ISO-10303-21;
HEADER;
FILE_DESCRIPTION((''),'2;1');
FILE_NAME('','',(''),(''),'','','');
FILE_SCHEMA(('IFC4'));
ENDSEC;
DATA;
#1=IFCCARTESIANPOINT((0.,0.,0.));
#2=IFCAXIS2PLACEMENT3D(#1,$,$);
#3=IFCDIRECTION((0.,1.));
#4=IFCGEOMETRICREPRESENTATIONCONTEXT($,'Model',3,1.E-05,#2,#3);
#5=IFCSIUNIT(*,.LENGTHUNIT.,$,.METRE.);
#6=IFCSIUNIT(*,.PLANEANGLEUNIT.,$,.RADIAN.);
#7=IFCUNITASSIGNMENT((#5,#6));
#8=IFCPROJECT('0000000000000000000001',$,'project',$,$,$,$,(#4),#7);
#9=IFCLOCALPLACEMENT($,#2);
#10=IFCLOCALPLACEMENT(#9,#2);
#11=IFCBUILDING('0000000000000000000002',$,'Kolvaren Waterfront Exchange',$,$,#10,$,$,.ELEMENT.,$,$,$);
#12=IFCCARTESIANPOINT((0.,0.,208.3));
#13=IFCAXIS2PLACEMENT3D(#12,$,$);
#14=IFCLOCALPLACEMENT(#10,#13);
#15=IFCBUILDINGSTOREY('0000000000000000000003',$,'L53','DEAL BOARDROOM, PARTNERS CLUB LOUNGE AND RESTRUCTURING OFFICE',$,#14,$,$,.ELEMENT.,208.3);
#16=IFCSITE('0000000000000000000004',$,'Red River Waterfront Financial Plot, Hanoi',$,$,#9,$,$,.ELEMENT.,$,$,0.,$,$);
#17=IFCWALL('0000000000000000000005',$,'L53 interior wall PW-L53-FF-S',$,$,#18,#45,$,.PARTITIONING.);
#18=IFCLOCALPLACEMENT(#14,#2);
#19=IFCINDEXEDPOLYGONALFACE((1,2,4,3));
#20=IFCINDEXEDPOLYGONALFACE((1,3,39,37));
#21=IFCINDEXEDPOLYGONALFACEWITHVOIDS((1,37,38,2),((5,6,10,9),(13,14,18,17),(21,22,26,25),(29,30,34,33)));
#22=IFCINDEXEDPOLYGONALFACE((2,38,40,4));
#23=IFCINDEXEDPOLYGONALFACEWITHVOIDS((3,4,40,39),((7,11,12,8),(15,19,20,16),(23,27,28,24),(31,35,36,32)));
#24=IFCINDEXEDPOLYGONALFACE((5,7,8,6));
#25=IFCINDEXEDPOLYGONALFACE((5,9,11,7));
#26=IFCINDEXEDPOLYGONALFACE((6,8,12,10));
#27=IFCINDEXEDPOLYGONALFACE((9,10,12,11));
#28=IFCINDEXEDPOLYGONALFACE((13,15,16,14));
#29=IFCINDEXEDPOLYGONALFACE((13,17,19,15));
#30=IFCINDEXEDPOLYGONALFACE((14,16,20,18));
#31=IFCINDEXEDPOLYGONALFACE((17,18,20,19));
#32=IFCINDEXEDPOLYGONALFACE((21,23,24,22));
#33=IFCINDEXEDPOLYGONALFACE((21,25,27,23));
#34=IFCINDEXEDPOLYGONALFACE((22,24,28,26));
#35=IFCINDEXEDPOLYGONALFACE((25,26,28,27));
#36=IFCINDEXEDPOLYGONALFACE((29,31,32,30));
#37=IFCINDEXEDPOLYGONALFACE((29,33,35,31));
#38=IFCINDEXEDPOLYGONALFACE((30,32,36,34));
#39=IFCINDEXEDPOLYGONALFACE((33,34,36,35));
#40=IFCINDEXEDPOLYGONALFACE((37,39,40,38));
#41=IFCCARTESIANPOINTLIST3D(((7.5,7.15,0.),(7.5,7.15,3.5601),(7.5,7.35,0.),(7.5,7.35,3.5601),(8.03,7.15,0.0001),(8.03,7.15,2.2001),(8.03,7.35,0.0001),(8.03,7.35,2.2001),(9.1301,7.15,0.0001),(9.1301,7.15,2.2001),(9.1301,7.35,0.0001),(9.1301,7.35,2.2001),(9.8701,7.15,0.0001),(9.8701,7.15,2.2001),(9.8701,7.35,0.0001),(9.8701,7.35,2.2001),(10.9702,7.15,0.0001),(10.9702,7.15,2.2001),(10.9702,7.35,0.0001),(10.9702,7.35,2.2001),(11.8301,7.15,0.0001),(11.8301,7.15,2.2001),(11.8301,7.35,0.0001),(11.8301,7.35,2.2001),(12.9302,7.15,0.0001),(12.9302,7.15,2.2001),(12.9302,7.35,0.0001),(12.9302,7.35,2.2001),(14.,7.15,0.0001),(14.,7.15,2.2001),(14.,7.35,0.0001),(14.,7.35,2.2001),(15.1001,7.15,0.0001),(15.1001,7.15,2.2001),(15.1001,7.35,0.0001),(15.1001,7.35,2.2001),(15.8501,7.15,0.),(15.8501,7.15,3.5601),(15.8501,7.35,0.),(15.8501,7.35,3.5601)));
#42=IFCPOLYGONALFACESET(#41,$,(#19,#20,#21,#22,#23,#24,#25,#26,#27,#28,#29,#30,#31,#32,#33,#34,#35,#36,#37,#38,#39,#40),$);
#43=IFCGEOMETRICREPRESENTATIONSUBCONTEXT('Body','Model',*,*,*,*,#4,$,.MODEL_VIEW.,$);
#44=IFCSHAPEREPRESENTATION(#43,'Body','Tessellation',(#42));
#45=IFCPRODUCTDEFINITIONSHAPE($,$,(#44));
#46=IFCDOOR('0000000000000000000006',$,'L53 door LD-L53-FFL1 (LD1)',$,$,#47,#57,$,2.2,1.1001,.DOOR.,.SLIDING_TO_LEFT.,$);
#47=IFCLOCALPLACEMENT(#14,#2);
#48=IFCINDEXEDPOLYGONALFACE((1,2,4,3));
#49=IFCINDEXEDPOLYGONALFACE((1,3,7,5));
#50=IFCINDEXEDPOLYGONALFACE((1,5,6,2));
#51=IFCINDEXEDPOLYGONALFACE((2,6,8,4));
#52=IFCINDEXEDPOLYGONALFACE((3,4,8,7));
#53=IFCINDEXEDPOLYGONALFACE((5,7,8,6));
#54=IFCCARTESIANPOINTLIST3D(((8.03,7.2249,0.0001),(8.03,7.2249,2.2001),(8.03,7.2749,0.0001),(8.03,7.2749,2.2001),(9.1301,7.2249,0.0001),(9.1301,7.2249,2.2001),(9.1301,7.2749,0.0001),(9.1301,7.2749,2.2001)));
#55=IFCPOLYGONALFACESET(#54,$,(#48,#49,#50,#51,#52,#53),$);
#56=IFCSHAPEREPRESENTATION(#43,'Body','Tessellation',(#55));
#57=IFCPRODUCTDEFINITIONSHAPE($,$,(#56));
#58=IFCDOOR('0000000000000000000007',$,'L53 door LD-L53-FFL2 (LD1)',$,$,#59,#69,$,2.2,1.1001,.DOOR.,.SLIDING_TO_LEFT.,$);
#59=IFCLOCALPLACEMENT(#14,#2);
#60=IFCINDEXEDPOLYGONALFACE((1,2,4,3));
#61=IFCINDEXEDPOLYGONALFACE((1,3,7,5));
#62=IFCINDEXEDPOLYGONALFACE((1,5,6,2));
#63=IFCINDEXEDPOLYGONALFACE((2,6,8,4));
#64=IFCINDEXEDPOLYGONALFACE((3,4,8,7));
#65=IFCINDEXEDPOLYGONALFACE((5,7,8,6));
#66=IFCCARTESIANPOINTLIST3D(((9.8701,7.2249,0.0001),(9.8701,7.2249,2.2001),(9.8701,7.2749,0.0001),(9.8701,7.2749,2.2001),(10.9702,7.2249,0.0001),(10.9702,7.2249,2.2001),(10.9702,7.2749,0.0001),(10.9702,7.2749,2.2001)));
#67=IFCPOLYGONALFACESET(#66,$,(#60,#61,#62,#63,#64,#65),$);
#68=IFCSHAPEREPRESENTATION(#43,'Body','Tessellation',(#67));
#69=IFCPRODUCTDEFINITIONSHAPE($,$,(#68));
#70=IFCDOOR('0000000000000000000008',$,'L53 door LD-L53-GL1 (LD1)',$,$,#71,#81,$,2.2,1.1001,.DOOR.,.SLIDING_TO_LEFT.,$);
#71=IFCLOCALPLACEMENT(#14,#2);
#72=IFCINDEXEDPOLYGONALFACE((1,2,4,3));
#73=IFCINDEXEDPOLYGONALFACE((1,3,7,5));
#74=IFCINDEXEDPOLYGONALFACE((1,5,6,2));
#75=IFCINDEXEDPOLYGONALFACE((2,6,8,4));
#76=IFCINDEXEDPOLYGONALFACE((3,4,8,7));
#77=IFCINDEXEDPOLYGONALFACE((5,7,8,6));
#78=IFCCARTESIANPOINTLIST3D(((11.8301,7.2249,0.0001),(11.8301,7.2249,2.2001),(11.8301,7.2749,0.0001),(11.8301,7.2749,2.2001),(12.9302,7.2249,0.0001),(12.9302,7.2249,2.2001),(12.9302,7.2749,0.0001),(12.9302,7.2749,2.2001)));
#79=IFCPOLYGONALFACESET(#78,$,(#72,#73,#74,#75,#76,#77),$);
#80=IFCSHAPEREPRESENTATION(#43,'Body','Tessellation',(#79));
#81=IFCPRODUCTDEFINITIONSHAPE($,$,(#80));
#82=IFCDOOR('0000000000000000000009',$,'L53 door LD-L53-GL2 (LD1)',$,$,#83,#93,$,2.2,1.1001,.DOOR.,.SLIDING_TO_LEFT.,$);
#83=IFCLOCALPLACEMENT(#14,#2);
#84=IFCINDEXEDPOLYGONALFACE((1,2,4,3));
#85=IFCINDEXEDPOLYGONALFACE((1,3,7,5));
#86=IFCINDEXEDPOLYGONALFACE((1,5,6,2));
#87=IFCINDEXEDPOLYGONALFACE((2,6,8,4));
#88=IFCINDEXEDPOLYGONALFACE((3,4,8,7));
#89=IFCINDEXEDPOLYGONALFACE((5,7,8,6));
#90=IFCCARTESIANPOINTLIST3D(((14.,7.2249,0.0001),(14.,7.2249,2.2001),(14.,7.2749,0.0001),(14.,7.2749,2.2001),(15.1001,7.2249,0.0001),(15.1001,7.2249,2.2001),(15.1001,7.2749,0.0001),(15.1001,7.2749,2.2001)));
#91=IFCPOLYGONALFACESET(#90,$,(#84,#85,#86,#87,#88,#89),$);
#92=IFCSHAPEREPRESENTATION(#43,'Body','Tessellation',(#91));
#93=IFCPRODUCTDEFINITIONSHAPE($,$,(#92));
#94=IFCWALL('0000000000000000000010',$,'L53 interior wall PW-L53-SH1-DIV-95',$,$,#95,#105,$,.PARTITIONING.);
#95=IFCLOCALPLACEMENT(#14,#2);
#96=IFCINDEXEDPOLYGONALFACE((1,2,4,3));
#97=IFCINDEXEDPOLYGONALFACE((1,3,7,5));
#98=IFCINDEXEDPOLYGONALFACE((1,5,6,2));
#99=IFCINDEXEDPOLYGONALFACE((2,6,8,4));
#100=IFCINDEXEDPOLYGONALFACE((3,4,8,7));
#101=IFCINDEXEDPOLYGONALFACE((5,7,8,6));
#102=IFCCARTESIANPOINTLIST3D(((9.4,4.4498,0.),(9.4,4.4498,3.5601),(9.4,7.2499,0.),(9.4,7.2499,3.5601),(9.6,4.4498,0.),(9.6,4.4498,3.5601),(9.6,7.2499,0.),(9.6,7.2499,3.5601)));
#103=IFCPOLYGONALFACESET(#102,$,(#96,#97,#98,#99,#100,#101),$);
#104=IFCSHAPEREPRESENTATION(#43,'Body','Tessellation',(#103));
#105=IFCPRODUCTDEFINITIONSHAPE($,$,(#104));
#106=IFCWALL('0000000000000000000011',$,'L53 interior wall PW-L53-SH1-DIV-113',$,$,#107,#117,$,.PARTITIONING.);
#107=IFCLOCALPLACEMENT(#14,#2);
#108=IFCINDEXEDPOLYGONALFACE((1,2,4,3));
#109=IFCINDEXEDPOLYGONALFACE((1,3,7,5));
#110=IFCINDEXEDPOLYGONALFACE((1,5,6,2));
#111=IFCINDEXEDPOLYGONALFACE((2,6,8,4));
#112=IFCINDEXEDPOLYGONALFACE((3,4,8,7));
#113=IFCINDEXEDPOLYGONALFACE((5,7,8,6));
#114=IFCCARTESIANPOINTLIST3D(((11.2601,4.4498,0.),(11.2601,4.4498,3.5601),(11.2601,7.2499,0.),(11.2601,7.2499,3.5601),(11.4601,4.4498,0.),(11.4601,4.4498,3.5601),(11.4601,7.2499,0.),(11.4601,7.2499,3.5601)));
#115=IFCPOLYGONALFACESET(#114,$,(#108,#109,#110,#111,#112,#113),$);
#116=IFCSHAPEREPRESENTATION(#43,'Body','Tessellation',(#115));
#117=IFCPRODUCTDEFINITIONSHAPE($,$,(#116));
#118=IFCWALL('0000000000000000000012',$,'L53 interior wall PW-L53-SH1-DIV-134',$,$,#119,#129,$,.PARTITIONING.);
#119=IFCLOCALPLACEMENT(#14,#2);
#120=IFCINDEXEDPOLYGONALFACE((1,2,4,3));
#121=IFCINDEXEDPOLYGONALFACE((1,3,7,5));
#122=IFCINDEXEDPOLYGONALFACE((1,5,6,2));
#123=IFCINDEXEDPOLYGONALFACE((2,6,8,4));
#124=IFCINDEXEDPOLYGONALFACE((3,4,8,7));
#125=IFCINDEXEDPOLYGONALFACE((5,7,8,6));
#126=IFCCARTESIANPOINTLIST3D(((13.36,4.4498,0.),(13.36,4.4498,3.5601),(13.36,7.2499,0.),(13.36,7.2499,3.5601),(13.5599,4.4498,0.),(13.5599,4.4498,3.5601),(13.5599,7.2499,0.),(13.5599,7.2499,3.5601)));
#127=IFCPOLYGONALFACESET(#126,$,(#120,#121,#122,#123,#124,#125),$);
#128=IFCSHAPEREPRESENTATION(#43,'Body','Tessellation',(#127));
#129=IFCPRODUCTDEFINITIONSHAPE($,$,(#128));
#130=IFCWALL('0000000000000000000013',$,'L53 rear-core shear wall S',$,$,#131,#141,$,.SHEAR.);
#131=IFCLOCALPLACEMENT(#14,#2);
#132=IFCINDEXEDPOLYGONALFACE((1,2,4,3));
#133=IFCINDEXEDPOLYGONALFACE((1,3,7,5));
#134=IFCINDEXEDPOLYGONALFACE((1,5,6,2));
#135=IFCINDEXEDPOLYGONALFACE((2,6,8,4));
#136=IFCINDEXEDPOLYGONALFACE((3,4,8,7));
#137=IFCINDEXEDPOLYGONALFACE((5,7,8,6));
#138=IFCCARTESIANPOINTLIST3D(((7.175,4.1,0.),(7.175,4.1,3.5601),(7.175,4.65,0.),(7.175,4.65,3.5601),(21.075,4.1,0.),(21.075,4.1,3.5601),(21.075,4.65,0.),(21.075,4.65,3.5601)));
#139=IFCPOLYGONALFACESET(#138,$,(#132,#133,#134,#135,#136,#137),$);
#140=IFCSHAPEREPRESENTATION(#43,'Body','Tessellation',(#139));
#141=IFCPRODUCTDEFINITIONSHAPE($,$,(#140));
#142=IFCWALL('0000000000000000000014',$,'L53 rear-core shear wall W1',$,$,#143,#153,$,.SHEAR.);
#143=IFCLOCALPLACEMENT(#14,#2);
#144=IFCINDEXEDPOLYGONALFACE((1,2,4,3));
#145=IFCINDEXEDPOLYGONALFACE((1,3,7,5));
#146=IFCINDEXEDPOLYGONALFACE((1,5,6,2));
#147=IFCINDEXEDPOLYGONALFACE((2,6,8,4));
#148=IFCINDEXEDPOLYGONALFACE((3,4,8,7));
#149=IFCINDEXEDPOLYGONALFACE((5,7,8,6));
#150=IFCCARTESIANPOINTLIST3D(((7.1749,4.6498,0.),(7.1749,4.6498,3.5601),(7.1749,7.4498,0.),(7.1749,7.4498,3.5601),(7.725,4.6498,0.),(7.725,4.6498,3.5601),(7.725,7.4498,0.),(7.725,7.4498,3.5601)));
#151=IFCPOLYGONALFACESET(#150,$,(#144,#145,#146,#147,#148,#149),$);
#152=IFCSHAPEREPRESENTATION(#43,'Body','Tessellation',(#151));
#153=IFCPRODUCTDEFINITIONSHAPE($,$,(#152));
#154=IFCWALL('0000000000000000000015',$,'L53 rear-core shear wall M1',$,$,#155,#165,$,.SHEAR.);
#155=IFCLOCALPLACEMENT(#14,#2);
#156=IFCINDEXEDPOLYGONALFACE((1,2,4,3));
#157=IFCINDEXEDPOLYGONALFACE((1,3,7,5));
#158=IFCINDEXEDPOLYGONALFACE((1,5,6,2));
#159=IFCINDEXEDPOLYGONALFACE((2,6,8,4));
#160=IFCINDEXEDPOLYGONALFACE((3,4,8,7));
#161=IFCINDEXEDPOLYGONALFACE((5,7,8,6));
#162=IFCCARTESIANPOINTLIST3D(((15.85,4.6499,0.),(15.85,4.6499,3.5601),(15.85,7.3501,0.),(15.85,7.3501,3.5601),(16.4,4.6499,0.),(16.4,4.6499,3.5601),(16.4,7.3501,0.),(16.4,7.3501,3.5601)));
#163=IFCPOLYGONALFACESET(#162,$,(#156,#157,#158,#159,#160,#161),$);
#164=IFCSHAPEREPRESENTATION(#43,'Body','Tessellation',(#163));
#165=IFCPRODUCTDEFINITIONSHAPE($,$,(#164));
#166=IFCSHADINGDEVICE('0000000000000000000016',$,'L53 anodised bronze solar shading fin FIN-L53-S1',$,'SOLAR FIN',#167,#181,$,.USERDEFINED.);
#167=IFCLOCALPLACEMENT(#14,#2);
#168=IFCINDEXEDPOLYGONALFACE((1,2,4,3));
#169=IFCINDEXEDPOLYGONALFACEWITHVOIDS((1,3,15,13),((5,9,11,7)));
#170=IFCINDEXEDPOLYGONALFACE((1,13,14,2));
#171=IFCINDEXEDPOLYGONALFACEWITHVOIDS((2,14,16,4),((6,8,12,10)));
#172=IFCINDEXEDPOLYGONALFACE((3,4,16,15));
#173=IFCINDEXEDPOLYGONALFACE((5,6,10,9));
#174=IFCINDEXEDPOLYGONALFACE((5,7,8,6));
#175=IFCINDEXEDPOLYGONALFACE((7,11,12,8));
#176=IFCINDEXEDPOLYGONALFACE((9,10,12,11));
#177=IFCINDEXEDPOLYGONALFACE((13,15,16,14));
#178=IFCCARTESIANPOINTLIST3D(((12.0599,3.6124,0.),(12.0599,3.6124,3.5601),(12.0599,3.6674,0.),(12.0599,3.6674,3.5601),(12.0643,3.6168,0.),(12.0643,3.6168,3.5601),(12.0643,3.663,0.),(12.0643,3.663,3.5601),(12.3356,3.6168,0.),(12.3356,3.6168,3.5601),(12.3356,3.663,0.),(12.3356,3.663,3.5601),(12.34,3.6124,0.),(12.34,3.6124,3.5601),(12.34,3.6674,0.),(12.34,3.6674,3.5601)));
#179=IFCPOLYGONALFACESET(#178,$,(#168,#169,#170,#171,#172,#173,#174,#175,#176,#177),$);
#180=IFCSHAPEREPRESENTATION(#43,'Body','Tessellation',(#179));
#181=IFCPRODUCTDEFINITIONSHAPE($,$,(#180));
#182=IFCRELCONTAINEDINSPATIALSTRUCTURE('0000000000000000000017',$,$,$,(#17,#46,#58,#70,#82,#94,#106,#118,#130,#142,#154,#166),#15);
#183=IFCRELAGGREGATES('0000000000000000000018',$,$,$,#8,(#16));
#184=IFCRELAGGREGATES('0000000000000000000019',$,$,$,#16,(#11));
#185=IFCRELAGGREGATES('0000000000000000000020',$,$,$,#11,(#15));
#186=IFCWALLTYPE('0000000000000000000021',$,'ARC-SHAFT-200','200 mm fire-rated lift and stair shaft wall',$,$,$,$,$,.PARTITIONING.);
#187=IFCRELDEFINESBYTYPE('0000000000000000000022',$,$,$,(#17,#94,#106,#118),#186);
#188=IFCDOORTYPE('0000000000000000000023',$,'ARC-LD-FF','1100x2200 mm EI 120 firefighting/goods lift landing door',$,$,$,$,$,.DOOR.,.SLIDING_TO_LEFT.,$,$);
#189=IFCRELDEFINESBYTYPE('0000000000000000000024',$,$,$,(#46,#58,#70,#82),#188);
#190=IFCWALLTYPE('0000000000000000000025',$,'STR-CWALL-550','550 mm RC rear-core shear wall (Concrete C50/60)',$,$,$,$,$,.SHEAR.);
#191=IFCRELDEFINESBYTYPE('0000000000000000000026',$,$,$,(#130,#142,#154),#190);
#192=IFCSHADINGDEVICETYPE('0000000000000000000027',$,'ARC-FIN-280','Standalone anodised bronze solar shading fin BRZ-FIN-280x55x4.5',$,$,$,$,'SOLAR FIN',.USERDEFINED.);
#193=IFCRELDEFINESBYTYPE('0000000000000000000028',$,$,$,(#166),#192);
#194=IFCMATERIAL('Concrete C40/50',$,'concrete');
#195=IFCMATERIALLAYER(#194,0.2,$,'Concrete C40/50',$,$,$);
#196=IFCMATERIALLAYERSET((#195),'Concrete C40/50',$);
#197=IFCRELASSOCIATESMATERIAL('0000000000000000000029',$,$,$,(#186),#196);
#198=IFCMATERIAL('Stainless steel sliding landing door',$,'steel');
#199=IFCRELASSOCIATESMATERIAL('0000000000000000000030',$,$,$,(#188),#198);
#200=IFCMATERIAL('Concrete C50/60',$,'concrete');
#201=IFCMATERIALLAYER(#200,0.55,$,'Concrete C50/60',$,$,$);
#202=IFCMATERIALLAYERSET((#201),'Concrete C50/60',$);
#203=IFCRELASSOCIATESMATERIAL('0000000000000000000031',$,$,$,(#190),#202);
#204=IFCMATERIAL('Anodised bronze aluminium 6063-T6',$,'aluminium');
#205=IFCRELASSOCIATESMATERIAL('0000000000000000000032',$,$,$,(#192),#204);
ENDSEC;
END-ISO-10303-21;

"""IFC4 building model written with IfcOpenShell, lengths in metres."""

from ifc_helpers import new_model, si_unit, direction, frame, frame_2d, origin, origin_2d, place, context, subcontext, project, spatial, rectangle, hollow_rectangle, extrude, material, layer, layer_set, material_profile, profile_set, type_object, element, fill, save


model = new_model("IFC4")

# Units and contexts
model_context = context("Model", 3, precision=1e-05, world=origin(), true_north=direction((0.0, 1.0)))
body_context = subcontext(model_context, "Body", "Model", "MODEL_VIEW")
ifc_project = project(units=[si_unit("LENGTHUNIT", "METRE"), si_unit("PLANEANGLEUNIT", "RADIAN")], contexts=[model_context])

# Site, building, storey
site_placement = place(None, origin())
site = spatial("IfcSite", under=ifc_project, at=site_placement, Name="Red River Waterfront Financial Plot, Hanoi", CompositionType="ELEMENT", RefElevation=0.0)
building_placement = place(site_placement, origin())
building = spatial("IfcBuilding", under=site, at=building_placement, Name="Kolvaren Waterfront Exchange", CompositionType="ELEMENT")
storey_placement = place(building_placement, frame((0.0, 0.0, 208.3)))
storey = spatial("IfcBuildingStorey", under=building, at=storey_placement, Name="L53", Description="DEAL BOARDROOM, PARTNERS CLUB LOUNGE AND RESTRUCTURING OFFICE", CompositionType="ELEMENT", Elevation=208.3)

# Shared definitions
ifc_material_1 = material(Name="Concrete C50/60", Category="concrete")

# Shared definitions
ifc_material_2 = material(Name="Anodised bronze aluminium 6063-T6", Category="aluminium")

# Shared definitions
ifc_material_3 = material(Name="Concrete C40/50", Category="concrete")
ifc_layer_1 = layer(ifc_material_3, 0.2, Name="Concrete C40/50")
ifc_layer_set_1 = layer_set([ifc_layer_1], Name="Concrete C40/50")
wall_type_1 = type_object("IfcWallType", Name="ARC-SHAFT-200", Description="200 mm fire-rated lift and stair shaft wall", PredefinedType="PARTITIONING", material=ifc_layer_set_1)

# Wall, openings, doors
wall_1_placement = place(storey_placement, frame((7.5, 7.25, 0.0), z_axis=(0.0, 0.0, 1.0), x_axis=(1.0, 0.0, 0.0)))
wall_1 = element("IfcWall", 1, at=wall_1_placement, inside=storey, type_object=wall_type_1, Name="L53 interior wall PW-L53-FF-S", PredefinedType="PARTITIONING", context=body_context, shape_type="SweptSolid", body=[
    extrude(rectangle(XDim=8.3501, YDim=0.2, at=frame_2d((4.175, 0.0))), origin(), (0.0, 0.0, 1.0), 3.5601),
])
opening_1_placement = place(wall_1_placement, frame((0.53, 0.0, 0.0)))
opening_1 = element("IfcOpeningElement", 2, at=opening_1_placement, cuts=wall_1, PredefinedType="OPENING", context=body_context, shape_type="SweptSolid", body=[
    extrude(rectangle(XDim=1.1001, YDim=2.2, at=frame_2d((0.55, 1.1001))), frame((0.0, 0.1099, 0.0), z_axis=(0.0, -1.0, 0.0), x_axis=(1.0, 0.0, 0.0)), (0.0, 0.0, 1.0), 0.22),
])
opening_2_placement = place(wall_1_placement, frame((2.3701, 0.0, 0.0)))
opening_2 = element("IfcOpeningElement", 3, at=opening_2_placement, cuts=wall_1, PredefinedType="OPENING", context=body_context, shape_type="SweptSolid", body=[
    extrude(rectangle(XDim=1.1001, YDim=2.2, at=frame_2d((0.55, 1.1001))), frame((0.0, 0.1099, 0.0), z_axis=(0.0, -1.0, 0.0), x_axis=(1.0, 0.0, 0.0)), (0.0, 0.0, 1.0), 0.22),
])
opening_3_placement = place(wall_1_placement, frame((4.3301, 0.0, 0.0)))
opening_3 = element("IfcOpeningElement", 4, at=opening_3_placement, cuts=wall_1, PredefinedType="OPENING", context=body_context, shape_type="SweptSolid", body=[
    extrude(rectangle(XDim=1.1001, YDim=2.2, at=frame_2d((0.55, 1.1001))), frame((0.0, 0.1099, 0.0), z_axis=(0.0, -1.0, 0.0), x_axis=(1.0, 0.0, 0.0)), (0.0, 0.0, 1.0), 0.22),
])
opening_4_placement = place(wall_1_placement, frame((6.5, 0.0, 0.0)))
opening_4 = element("IfcOpeningElement", 5, at=opening_4_placement, cuts=wall_1, PredefinedType="OPENING", context=body_context, shape_type="SweptSolid", body=[
    extrude(rectangle(XDim=1.1001, YDim=2.2, at=frame_2d((0.55, 1.1001))), frame((0.0, 0.1099, 0.0), z_axis=(0.0, -1.0, 0.0), x_axis=(1.0, 0.0, 0.0)), (0.0, 0.0, 1.0), 0.22),
])
ifc_material_4 = material(Name="Stainless steel sliding landing door", Category="steel")
door_type = type_object("IfcDoorType", Name="ARC-LD-FF", Description="1100x2200 mm EI 120 firefighting/goods lift landing door", OperationType="SLIDING_TO_LEFT", PredefinedType="DOOR", material=ifc_material_4)
door_1_placement = place(opening_1_placement, origin())
door_1 = element("IfcDoor", 6, at=door_1_placement, inside=storey, type_object=door_type, Name="L53 door LD-L53-FFL1 (LD1)", OperationType="SLIDING_TO_LEFT", OverallHeight=2.2, OverallWidth=1.1001, PredefinedType="DOOR", context=body_context, shape_type="SweptSolid", body=[
    extrude(rectangle(XDim=1.1001, YDim=2.2, at=frame_2d((0.55, 1.1001))), frame((0.0, 0.0249, 0.0), z_axis=(0.0, -1.0, 0.0), x_axis=(1.0, 0.0, 0.0)), (0.0, 0.0, 1.0), 0.05),
])
fill(opening_1, door_1)
door_2_placement = place(opening_2_placement, origin())
door_2 = element("IfcDoor", 7, at=door_2_placement, inside=storey, type_object=door_type, Name="L53 door LD-L53-FFL2 (LD1)", OperationType="SLIDING_TO_LEFT", OverallHeight=2.2, OverallWidth=1.1001, PredefinedType="DOOR", context=body_context, shape_type="SweptSolid", body=[
    extrude(rectangle(XDim=1.1001, YDim=2.2, at=frame_2d((0.55, 1.1001))), frame((0.0, 0.0249, 0.0), z_axis=(0.0, -1.0, 0.0), x_axis=(1.0, 0.0, 0.0)), (0.0, 0.0, 1.0), 0.05),
])
fill(opening_2, door_2)
door_3_placement = place(opening_3_placement, origin())
door_3 = element("IfcDoor", 8, at=door_3_placement, inside=storey, type_object=door_type, Name="L53 door LD-L53-GL1 (LD1)", OperationType="SLIDING_TO_LEFT", OverallHeight=2.2, OverallWidth=1.1001, PredefinedType="DOOR", context=body_context, shape_type="SweptSolid", body=[
    extrude(rectangle(XDim=1.1001, YDim=2.2, at=frame_2d((0.55, 1.1001))), frame((0.0, 0.0249, 0.0), z_axis=(0.0, -1.0, 0.0), x_axis=(1.0, 0.0, 0.0)), (0.0, 0.0, 1.0), 0.05),
])
fill(opening_3, door_3)
door_4_placement = place(opening_4_placement, origin())
door_4 = element("IfcDoor", 9, at=door_4_placement, inside=storey, type_object=door_type, Name="L53 door LD-L53-GL2 (LD1)", OperationType="SLIDING_TO_LEFT", OverallHeight=2.2, OverallWidth=1.1001, PredefinedType="DOOR", context=body_context, shape_type="SweptSolid", body=[
    extrude(rectangle(XDim=1.1001, YDim=2.2, at=frame_2d((0.55, 1.1001))), frame((0.0, 0.0249, 0.0), z_axis=(0.0, -1.0, 0.0), x_axis=(1.0, 0.0, 0.0)), (0.0, 0.0, 1.0), 0.05),
])
fill(opening_4, door_4)

# Walls
for number, where, z_axis, x_axis, name in (
    (10, (9.5, 4.45, 0.0), (0.0, 0.0, 1.0), (0.0, 1.0, 0.0), "L53 interior wall PW-L53-SH1-DIV-95"),
    (11, (11.3601, 4.45, 0.0), (0.0, 0.0, 1.0), (0.0, 1.0, 0.0), "L53 interior wall PW-L53-SH1-DIV-113"),
    (12, (13.46, 4.45, 0.0), (0.0, 0.0, 1.0), (0.0, 1.0, 0.0), "L53 interior wall PW-L53-SH1-DIV-134"),
):
    element("IfcWall", number, at=place(storey_placement, frame(where, z_axis=z_axis, x_axis=x_axis)), inside=storey, type_object=wall_type_1, Name=name, PredefinedType="PARTITIONING", context=body_context, shape_type="SweptSolid", body=[
        extrude(rectangle(XDim=2.8, YDim=0.2, at=frame_2d((1.3999, 0.0))), origin(), (0.0, 0.0, 1.0), 3.5601),
    ])
ifc_layer_2 = layer(ifc_material_1, 0.55, Name="Concrete C50/60")
ifc_layer_set_2 = layer_set([ifc_layer_2], Name="Concrete C50/60")
wall_type_2 = type_object("IfcWallType", Name="STR-CWALL-550", Description="550 mm RC rear-core shear wall (Concrete C50/60)", PredefinedType="SHEAR", material=ifc_layer_set_2)
wall_2_placement = place(storey_placement, frame((7.175, 4.375, 0.0), z_axis=(0.0, 0.0, 1.0), x_axis=(1.0, 0.0, 0.0)))
element("IfcWall", 13, at=wall_2_placement, inside=storey, type_object=wall_type_2, Name="L53 rear-core shear wall S", PredefinedType="SHEAR", context=body_context, shape_type="SweptSolid", body=[
    extrude(rectangle(XDim=13.8999, YDim=0.55, at=frame_2d((6.95, 0.0))), origin(), (0.0, 0.0, 1.0), 3.5601),
])
wall_3_placement = place(storey_placement, frame((7.45, 4.6499, 0.0), z_axis=(0.0, 0.0, 1.0), x_axis=(0.0, 1.0, 0.0)))
element("IfcWall", 14, at=wall_3_placement, inside=storey, type_object=wall_type_2, Name="L53 rear-core shear wall W1", PredefinedType="SHEAR", context=body_context, shape_type="SweptSolid", body=[
    extrude(rectangle(XDim=2.8, YDim=0.55, at=frame_2d((1.3999, 0.0))), origin(), (0.0, 0.0, 1.0), 3.5601),
])
wall_4_placement = place(storey_placement, frame((16.125, 4.6499, 0.0), z_axis=(0.0, 0.0, 1.0), x_axis=(0.0, 1.0, 0.0)))
element("IfcWall", 15, at=wall_4_placement, inside=storey, type_object=wall_type_2, Name="L53 rear-core shear wall M1", PredefinedType="SHEAR", context=body_context, shape_type="SweptSolid", body=[
    extrude(rectangle(XDim=2.7002, YDim=0.55, at=frame_2d((1.3501, 0.0))), origin(), (0.0, 0.0, 1.0), 3.5601),
])

# Shading device
ifc_material_profile_1 = material_profile(ifc_material_2, hollow_rectangle(XDim=0.0549, YDim=0.28, WallThickness=0.0044, at=origin_2d()), Name="BRZ-FIN-280x55x4.5")
ifc_profile_set_1 = profile_set([ifc_material_profile_1], Name="Anodised bronze aluminium 6063-T6")
shading_device_type = type_object("IfcShadingDeviceType", Name="ARC-FIN-280", Description="Standalone anodised bronze solar shading fin BRZ-FIN-280x55x4.5", ElementType="SOLAR FIN", PredefinedType="USERDEFINED", material=ifc_profile_set_1)
shading_device_placement = place(storey_placement, frame((12.2, 3.6399, 0.0), z_axis=(0.0, 0.0, 1.0), x_axis=(0.0, -1.0, 0.0)))
element("IfcShadingDevice", 16, at=shading_device_placement, inside=storey, type_object=shading_device_type, Name="L53 anodised bronze solar shading fin FIN-L53-S1", ObjectType="SOLAR FIN", PredefinedType="USERDEFINED", context=body_context, shape_type="SweptSolid", body=[
    extrude(hollow_rectangle(XDim=0.0549, YDim=0.28, WallThickness=0.0044, at=origin_2d()), origin(), (0.0, 0.0, 1.0), 3.5601),
])

save(model, "model.ifc")
